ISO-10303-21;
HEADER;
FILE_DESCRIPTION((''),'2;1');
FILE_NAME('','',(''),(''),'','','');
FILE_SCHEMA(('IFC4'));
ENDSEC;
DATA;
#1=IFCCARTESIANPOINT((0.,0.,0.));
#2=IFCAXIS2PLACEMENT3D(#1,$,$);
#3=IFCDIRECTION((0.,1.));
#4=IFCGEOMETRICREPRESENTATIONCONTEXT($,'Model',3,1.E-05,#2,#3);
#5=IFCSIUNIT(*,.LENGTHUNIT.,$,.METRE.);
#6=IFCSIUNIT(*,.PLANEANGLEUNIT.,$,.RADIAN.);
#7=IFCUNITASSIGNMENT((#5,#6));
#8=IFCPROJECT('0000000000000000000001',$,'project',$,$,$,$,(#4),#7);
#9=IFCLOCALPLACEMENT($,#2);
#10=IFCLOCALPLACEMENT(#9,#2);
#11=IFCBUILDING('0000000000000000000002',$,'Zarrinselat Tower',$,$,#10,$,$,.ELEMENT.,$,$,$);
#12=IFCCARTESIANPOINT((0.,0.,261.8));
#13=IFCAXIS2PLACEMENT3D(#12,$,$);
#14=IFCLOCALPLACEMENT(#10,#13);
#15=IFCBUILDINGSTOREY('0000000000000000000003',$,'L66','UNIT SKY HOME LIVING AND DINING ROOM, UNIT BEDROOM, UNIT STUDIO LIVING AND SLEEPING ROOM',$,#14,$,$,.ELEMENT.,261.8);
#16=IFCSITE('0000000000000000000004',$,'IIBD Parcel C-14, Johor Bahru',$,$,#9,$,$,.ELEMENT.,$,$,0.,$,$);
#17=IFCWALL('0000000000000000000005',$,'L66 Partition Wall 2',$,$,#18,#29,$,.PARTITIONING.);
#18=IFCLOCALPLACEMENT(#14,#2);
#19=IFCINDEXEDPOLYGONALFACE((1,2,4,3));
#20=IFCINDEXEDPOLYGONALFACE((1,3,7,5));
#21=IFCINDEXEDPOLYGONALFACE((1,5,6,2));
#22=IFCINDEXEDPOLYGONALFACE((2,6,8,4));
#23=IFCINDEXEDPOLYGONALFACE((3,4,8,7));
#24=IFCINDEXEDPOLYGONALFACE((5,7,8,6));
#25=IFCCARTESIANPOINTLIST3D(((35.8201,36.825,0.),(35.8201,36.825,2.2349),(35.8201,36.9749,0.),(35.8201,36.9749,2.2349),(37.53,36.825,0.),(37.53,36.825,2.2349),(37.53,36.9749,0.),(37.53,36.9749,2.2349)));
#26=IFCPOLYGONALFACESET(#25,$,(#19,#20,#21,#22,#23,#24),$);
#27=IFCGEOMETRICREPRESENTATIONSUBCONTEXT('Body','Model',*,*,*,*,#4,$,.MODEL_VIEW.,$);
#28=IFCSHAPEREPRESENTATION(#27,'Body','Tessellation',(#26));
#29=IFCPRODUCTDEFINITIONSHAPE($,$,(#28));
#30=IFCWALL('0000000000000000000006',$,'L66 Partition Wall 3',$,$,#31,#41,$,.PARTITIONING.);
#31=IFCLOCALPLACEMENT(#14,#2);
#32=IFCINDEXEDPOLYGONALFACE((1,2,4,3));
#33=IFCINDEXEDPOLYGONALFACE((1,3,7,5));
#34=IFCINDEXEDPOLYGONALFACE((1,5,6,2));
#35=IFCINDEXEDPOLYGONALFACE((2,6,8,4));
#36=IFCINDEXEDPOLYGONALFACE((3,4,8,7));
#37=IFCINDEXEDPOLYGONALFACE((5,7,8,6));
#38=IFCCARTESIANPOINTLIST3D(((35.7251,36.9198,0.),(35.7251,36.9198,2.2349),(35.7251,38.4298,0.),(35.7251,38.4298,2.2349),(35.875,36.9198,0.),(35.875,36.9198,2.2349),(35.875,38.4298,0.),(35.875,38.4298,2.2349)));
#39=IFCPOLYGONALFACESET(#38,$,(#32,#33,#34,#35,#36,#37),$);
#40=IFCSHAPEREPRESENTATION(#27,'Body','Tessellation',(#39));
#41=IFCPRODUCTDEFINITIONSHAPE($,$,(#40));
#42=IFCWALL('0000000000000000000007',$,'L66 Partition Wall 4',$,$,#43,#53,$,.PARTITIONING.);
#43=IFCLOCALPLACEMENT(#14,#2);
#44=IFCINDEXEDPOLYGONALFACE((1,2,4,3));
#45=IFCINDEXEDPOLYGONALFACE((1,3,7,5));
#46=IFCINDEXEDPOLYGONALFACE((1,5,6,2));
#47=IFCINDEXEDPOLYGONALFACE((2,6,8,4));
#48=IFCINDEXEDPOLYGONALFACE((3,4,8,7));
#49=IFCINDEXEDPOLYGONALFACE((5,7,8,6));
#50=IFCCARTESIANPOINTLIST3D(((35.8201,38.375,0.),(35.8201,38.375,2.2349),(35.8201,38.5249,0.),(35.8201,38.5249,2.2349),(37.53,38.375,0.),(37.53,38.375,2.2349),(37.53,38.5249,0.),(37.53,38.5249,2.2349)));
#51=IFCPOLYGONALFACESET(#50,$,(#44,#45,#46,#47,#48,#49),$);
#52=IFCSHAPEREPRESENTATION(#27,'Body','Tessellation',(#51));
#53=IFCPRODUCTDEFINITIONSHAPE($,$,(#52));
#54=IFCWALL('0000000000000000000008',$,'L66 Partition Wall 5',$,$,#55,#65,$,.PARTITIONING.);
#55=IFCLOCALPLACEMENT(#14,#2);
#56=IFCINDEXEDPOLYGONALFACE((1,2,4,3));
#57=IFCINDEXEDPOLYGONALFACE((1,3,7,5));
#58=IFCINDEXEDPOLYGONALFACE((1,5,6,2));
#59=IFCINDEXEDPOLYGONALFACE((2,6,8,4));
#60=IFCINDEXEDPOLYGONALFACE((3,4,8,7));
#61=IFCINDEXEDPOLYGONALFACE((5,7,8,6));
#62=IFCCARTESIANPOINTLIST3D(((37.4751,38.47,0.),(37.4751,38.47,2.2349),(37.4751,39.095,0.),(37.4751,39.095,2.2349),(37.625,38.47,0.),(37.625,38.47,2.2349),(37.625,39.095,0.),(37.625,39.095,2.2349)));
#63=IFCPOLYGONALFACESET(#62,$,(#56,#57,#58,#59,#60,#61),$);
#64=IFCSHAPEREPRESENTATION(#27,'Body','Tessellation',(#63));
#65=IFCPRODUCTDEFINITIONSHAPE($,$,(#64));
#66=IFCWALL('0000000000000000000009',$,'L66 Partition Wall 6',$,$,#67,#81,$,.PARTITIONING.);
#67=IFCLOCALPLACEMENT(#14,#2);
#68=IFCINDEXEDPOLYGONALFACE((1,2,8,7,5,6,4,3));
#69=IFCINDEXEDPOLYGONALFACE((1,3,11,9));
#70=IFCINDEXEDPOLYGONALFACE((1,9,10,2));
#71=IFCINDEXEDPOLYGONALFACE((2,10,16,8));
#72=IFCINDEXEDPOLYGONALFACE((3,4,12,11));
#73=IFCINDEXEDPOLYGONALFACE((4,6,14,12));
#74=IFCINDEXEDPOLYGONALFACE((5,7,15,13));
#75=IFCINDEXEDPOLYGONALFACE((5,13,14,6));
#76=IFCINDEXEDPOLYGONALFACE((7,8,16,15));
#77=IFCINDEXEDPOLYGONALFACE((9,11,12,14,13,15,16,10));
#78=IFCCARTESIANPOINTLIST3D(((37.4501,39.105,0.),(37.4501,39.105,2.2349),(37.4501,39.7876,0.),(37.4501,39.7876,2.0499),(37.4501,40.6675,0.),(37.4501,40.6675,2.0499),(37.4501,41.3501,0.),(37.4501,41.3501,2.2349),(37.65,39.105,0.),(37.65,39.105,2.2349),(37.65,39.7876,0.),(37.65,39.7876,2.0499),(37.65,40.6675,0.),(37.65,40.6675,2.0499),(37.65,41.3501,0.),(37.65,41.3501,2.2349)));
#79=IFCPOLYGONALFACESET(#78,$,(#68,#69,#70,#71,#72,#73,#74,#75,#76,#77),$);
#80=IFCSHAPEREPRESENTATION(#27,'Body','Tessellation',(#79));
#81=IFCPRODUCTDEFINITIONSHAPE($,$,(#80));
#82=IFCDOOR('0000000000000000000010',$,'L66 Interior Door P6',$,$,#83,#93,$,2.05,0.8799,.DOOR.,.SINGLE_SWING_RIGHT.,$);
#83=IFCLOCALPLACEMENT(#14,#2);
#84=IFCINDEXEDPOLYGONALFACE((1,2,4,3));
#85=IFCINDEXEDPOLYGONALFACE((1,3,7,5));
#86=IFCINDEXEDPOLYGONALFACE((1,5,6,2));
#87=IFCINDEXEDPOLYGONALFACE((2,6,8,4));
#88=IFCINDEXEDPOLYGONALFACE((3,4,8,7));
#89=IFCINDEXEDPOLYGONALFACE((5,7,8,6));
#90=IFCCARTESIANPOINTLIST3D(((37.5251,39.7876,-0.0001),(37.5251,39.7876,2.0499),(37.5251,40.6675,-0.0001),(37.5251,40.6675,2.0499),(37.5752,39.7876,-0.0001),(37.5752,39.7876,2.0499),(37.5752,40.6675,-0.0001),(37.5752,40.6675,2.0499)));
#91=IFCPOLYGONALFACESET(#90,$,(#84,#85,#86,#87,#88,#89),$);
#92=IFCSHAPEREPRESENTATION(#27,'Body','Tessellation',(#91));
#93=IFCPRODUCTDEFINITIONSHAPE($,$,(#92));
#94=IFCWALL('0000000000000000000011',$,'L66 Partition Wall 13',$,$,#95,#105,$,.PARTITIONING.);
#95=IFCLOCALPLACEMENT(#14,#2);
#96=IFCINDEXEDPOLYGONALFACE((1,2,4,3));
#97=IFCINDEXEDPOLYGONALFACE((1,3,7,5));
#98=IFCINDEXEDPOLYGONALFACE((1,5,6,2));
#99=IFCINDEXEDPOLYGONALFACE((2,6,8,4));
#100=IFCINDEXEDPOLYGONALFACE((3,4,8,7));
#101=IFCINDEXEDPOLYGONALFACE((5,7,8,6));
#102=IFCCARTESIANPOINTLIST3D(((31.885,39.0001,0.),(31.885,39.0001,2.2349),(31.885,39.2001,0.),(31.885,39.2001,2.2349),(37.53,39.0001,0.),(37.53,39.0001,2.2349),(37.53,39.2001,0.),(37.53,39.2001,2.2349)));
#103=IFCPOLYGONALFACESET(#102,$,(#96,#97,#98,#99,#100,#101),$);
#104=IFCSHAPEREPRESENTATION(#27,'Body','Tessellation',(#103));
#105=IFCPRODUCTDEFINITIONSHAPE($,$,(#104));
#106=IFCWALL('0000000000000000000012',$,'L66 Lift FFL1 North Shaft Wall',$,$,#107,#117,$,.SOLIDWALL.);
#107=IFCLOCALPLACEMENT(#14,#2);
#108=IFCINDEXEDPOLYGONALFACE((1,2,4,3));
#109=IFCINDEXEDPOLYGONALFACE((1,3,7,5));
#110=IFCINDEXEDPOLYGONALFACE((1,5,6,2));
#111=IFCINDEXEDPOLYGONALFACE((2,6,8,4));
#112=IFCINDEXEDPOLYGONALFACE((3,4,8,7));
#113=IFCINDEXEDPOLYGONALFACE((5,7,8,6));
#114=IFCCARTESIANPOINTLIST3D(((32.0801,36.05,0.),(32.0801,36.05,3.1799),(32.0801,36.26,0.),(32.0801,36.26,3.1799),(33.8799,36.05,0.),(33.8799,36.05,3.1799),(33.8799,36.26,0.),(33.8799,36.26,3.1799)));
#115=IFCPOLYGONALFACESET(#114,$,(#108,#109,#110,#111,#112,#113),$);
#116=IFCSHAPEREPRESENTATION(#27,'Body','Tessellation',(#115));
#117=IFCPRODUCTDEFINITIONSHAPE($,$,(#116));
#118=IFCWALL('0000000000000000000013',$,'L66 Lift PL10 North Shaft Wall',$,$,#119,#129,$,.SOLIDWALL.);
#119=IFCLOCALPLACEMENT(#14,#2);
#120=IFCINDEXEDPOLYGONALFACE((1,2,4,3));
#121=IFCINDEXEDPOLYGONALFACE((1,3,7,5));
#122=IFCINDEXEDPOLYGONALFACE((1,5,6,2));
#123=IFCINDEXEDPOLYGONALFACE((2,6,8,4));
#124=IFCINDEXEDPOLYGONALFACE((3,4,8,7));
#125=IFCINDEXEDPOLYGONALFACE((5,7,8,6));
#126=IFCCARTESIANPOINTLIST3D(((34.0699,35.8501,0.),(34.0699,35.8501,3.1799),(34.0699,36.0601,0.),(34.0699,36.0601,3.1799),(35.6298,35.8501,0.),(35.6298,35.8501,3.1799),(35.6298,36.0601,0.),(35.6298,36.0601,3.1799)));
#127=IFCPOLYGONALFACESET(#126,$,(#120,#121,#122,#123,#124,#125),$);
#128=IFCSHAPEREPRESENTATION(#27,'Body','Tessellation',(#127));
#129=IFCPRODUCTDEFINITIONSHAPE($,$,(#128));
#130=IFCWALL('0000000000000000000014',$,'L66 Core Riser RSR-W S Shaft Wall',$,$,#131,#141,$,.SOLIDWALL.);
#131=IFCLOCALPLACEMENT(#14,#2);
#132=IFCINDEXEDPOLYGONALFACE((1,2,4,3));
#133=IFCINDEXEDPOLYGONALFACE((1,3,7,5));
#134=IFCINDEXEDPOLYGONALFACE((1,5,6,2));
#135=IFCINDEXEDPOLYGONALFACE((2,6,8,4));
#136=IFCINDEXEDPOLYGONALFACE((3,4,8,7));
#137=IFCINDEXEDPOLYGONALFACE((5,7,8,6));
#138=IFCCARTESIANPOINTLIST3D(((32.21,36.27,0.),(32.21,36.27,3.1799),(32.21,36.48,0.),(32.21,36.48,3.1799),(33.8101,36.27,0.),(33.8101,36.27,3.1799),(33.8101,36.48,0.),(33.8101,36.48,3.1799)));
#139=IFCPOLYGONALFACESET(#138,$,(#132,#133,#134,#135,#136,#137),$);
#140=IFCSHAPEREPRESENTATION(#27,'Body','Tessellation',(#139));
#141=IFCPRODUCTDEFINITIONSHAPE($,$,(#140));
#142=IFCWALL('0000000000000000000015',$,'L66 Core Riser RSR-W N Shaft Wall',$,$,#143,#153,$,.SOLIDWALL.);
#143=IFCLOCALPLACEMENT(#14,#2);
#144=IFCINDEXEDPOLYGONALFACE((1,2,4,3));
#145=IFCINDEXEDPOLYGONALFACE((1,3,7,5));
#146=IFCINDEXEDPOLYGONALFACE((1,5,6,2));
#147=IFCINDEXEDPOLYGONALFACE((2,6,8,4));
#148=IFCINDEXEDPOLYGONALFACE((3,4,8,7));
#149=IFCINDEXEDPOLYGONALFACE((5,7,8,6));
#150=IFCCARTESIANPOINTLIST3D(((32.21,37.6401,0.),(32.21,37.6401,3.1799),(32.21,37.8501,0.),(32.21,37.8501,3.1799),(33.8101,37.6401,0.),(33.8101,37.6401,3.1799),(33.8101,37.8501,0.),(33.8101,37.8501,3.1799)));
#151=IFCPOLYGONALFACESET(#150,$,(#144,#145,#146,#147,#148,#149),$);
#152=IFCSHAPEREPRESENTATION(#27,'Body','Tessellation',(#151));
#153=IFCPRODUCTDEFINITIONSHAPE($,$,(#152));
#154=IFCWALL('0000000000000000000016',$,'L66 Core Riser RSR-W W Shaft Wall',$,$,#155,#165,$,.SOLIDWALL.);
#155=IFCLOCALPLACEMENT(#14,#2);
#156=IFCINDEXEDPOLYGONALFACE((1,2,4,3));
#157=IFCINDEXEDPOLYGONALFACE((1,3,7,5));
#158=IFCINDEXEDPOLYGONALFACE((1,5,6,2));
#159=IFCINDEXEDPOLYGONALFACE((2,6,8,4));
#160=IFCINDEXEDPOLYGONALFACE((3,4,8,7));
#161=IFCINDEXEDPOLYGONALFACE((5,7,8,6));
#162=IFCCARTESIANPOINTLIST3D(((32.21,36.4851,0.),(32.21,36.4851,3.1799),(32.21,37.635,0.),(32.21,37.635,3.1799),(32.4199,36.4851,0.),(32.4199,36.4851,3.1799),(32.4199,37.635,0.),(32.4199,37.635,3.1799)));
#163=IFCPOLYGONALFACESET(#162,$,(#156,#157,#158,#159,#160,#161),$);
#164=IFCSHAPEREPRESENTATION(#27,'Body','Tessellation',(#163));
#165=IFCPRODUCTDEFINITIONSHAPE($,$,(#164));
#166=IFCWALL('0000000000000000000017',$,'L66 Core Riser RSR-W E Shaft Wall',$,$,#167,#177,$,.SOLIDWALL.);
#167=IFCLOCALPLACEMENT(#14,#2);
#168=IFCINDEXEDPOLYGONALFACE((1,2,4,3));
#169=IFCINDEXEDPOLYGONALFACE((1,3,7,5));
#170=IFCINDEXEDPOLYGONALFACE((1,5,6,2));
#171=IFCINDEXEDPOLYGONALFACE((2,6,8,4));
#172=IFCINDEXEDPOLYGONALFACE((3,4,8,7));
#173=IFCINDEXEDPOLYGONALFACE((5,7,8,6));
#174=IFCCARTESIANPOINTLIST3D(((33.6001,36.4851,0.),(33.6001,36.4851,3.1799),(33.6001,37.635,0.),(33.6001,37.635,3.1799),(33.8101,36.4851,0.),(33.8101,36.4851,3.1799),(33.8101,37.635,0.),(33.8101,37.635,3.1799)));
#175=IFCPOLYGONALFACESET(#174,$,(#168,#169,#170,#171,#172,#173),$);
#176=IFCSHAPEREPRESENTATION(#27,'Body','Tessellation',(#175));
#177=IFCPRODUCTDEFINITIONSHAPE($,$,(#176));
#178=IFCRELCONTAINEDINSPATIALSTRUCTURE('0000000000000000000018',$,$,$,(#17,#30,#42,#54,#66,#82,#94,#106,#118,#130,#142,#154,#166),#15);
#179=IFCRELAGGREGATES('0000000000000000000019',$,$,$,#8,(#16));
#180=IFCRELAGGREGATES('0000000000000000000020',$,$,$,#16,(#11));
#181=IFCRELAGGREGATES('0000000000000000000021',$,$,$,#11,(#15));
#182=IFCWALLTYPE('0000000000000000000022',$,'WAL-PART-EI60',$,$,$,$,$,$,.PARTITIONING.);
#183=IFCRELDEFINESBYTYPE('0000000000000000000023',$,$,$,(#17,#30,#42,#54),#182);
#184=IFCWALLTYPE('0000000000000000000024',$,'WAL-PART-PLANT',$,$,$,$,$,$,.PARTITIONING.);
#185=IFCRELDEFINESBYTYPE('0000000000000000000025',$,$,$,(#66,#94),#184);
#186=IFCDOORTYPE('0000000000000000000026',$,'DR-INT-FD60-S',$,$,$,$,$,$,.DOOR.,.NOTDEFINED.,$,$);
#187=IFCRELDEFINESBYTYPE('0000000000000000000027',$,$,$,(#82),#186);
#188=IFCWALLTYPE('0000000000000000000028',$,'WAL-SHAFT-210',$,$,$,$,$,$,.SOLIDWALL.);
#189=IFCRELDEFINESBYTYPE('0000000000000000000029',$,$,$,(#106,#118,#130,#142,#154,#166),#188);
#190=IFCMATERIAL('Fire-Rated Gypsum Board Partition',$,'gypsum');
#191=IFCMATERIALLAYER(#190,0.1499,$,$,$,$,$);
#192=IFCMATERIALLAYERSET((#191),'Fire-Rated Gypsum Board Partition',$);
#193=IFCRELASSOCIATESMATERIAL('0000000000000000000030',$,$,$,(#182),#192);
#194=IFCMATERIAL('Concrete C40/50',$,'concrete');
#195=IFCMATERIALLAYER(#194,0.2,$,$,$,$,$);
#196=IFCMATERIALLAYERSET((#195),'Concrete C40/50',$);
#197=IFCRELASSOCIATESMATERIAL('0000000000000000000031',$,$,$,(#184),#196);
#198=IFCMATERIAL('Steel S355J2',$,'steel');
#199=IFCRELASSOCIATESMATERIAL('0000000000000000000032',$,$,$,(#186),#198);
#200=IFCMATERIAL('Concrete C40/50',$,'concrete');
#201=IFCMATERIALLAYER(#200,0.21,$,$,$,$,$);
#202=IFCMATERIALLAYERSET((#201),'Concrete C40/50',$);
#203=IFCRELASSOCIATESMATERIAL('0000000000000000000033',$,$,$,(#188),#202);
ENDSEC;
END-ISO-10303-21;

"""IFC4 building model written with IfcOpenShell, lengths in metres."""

from ifc_helpers import new_model, si_unit, direction, frame, frame_2d, origin, place, context, subcontext, project, spatial, rectangle, extrude, material, layer, layer_set, type_object, element, fill, save


model = new_model("IFC4")

# Units and contexts
model_context = context("Model", 3, precision=1e-05, world=origin(), true_north=direction((0.0, 1.0)))
body_context = subcontext(model_context, "Body", "Model", "MODEL_VIEW")
ifc_project = project(units=[si_unit("LENGTHUNIT", "METRE"), si_unit("PLANEANGLEUNIT", "RADIAN")], contexts=[model_context])

# Site, building, storey
site_placement = place(None, origin())
site = spatial("IfcSite", under=ifc_project, at=site_placement, Name="IIBD Parcel C-14, Johor Bahru", CompositionType="ELEMENT", RefElevation=0.0)
building_placement = place(site_placement, origin())
building = spatial("IfcBuilding", under=site, at=building_placement, Name="Zarrinselat Tower", CompositionType="ELEMENT")
storey_placement = place(building_placement, frame((0.0, 0.0, 261.8)))
storey = spatial("IfcBuildingStorey", under=building, at=storey_placement, Name="L66", Description="UNIT SKY HOME LIVING AND DINING ROOM, UNIT BEDROOM, UNIT STUDIO LIVING AND SLEEPING ROOM", CompositionType="ELEMENT", Elevation=261.8)

# Walls
ifc_material_1 = material(Name="Fire-Rated Gypsum Board Partition", Category="gypsum")
ifc_layer_1 = layer(ifc_material_1, 0.1499)
ifc_layer_set_1 = layer_set([ifc_layer_1], Name="Fire-Rated Gypsum Board Partition")
wall_type_1 = type_object("IfcWallType", Name="WAL-PART-EI60", PredefinedType="PARTITIONING", material=ifc_layer_set_1)
wall_1_placement = place(storey_placement, frame((35.8201, 36.8999, 0.0), z_axis=(0.0, 0.0, 1.0), x_axis=(1.0, 0.0, 0.0)))
element("IfcWall", 1, at=wall_1_placement, inside=storey, type_object=wall_type_1, Name="L66 Partition Wall 2", PredefinedType="PARTITIONING", context=body_context, shape_type="SweptSolid", body=[
    extrude(rectangle(XDim=1.71, YDim=0.1499, at=frame_2d((0.855, 0.0))), origin(), (0.0, 0.0, 1.0), 2.2349),
])
wall_2_placement = place(storey_placement, frame((35.8, 36.9199, 0.0), z_axis=(0.0, 0.0, 1.0), x_axis=(0.0, 1.0, 0.0)))
element("IfcWall", 2, at=wall_2_placement, inside=storey, type_object=wall_type_1, Name="L66 Partition Wall 3", PredefinedType="PARTITIONING", context=body_context, shape_type="SweptSolid", body=[
    extrude(rectangle(XDim=1.51, YDim=0.1499, at=frame_2d((0.7549, 0.0))), origin(), (0.0, 0.0, 1.0), 2.2349),
])
wall_3_placement = place(storey_placement, frame((35.8201, 38.45, 0.0), z_axis=(0.0, 0.0, 1.0), x_axis=(1.0, 0.0, 0.0)))
element("IfcWall", 3, at=wall_3_placement, inside=storey, type_object=wall_type_1, Name="L66 Partition Wall 4", PredefinedType="PARTITIONING", context=body_context, shape_type="SweptSolid", body=[
    extrude(rectangle(XDim=1.71, YDim=0.1499, at=frame_2d((0.855, 0.0))), origin(), (0.0, 0.0, 1.0), 2.2349),
])
wall_4_placement = place(storey_placement, frame((37.55, 38.47, 0.0), z_axis=(0.0, 0.0, 1.0), x_axis=(0.0, 1.0, 0.0)))
element("IfcWall", 4, at=wall_4_placement, inside=storey, type_object=wall_type_1, Name="L66 Partition Wall 5", PredefinedType="PARTITIONING", context=body_context, shape_type="SweptSolid", body=[
    extrude(rectangle(XDim=0.625, YDim=0.1499, at=frame_2d((0.3125, 0.0))), origin(), (0.0, 0.0, 1.0), 2.2349),
])

# Wall, opening, door
ifc_material_2 = material(Name="Concrete C40/50", Category="concrete")
ifc_layer_2 = layer(ifc_material_2, 0.2)
ifc_layer_set_2 = layer_set([ifc_layer_2], Name="Concrete C40/50")
wall_type_2 = type_object("IfcWallType", Name="WAL-PART-PLANT", PredefinedType="PARTITIONING", material=ifc_layer_set_2)
wall_5_placement = place(storey_placement, frame((37.55, 39.105, 0.0), z_axis=(0.0, 0.0, 1.0), x_axis=(0.0, 1.0, 0.0)))
wall_5 = element("IfcWall", 5, at=wall_5_placement, inside=storey, type_object=wall_type_2, Name="L66 Partition Wall 6", PredefinedType="PARTITIONING", context=body_context, shape_type="SweptSolid", body=[
    extrude(rectangle(XDim=2.2451, YDim=0.2, at=frame_2d((1.1226, 0.0))), origin(), (0.0, 0.0, 1.0), 2.2349),
])
opening_placement = place(wall_5_placement, frame((0.6826, 0.0, 0.0)))
opening = element("IfcOpeningElement", 6, at=opening_placement, cuts=wall_5, PredefinedType="OPENING", context=body_context, shape_type="SweptSolid", body=[
    extrude(rectangle(XDim=0.8799, YDim=2.05, at=frame_2d((0.4399, 1.0249))), frame((0.0, 0.1099, 0.0), z_axis=(0.0, -1.0, 0.0), x_axis=(1.0, 0.0, 0.0)), (0.0, 0.0, 1.0), 0.22),
])
ifc_material_3 = material(Name="Steel S355J2", Category="steel")
door_type = type_object("IfcDoorType", Name="DR-INT-FD60-S", OperationType="NOTDEFINED", PredefinedType="DOOR", material=ifc_material_3)
door_placement = place(opening_placement, origin())
door = element("IfcDoor", 7, at=door_placement, inside=storey, type_object=door_type, Name="L66 Interior Door P6", OperationType="SINGLE_SWING_RIGHT", OverallHeight=2.05, OverallWidth=0.8799, PredefinedType="DOOR", context=body_context, shape_type="SweptSolid", body=[
    extrude(rectangle(XDim=0.8799, YDim=2.05, at=frame_2d((0.4399, 1.0249))), frame((0.0, 0.0249, 0.0), z_axis=(0.0, -1.0, 0.0), x_axis=(1.0, 0.0, 0.0)), (0.0, 0.0, 1.0), 0.05),
])
fill(opening, door)

# Walls
wall_6_placement = place(storey_placement, frame((31.885, 39.1001, 0.0), z_axis=(0.0, 0.0, 1.0), x_axis=(1.0, 0.0, 0.0)))
element("IfcWall", 8, at=wall_6_placement, inside=storey, type_object=wall_type_2, Name="L66 Partition Wall 13", PredefinedType="PARTITIONING", context=body_context, shape_type="SweptSolid", body=[
    extrude(rectangle(XDim=5.645, YDim=0.2, at=frame_2d((2.8225, 0.0))), origin(), (0.0, 0.0, 1.0), 2.2349),
])
ifc_material_4 = material(Name="Concrete C40/50", Category="concrete")
ifc_layer_3 = layer(ifc_material_4, 0.21)
ifc_layer_set_3 = layer_set([ifc_layer_3], Name="Concrete C40/50")
wall_type_3 = type_object("IfcWallType", Name="WAL-SHAFT-210", PredefinedType="SOLIDWALL", material=ifc_layer_set_3)
wall_7_placement = place(storey_placement, frame((32.0801, 36.155, 0.0), z_axis=(0.0, 0.0, 1.0), x_axis=(1.0, 0.0, 0.0)))
element("IfcWall", 9, at=wall_7_placement, inside=storey, type_object=wall_type_3, Name="L66 Lift FFL1 North Shaft Wall", PredefinedType="SOLIDWALL", context=body_context, shape_type="SweptSolid", body=[
    extrude(rectangle(XDim=1.7998, YDim=0.21, at=frame_2d((0.8999, 0.0))), origin(), (0.0, 0.0, 1.0), 3.1799),
])
wall_8_placement = place(storey_placement, frame((34.0701, 35.9551, 0.0), z_axis=(0.0, 0.0, 1.0), x_axis=(1.0, 0.0, 0.0)))
element("IfcWall", 10, at=wall_8_placement, inside=storey, type_object=wall_type_3, Name="L66 Lift PL10 North Shaft Wall", PredefinedType="SOLIDWALL", context=body_context, shape_type="SweptSolid", body=[
    extrude(rectangle(XDim=1.5598, YDim=0.21, at=frame_2d((0.7798, 0.0))), origin(), (0.0, 0.0, 1.0), 3.1799),
])
for number, where, z_axis, x_axis, name in (
    (11, (32.21, 36.375, 0.0), (0.0, 0.0, 1.0), (1.0, 0.0, 0.0), "L66 Core Riser RSR-W S Shaft Wall"),
    (12, (32.21, 37.7451, 0.0), (0.0, 0.0, 1.0), (1.0, 0.0, 0.0), "L66 Core Riser RSR-W N Shaft Wall"),
):
    element("IfcWall", number, at=place(storey_placement, frame(where, z_axis=z_axis, x_axis=x_axis)), inside=storey, type_object=wall_type_3, Name=name, PredefinedType="SOLIDWALL", context=body_context, shape_type="SweptSolid", body=[
        extrude(rectangle(XDim=1.6001, YDim=0.21, at=frame_2d((0.8, 0.0))), origin(), (0.0, 0.0, 1.0), 3.1799),
    ])
for number, where, z_axis, x_axis, name in (
    (13, (32.3149, 36.4851, 0.0), (0.0, 0.0, 1.0), (0.0, 1.0, 0.0), "L66 Core Riser RSR-W W Shaft Wall"),
    (14, (33.7051, 36.4851, 0.0), (0.0, 0.0, 1.0), (0.0, 1.0, 0.0), "L66 Core Riser RSR-W E Shaft Wall"),
):
    element("IfcWall", number, at=place(storey_placement, frame(where, z_axis=z_axis, x_axis=x_axis)), inside=storey, type_object=wall_type_3, Name=name, PredefinedType="SOLIDWALL", context=body_context, shape_type="SweptSolid", body=[
        extrude(rectangle(XDim=1.1499, YDim=0.21, at=frame_2d((0.575, 0.0))), origin(), (0.0, 0.0, 1.0), 3.1799),
    ])

save(model, "model.ifc")
